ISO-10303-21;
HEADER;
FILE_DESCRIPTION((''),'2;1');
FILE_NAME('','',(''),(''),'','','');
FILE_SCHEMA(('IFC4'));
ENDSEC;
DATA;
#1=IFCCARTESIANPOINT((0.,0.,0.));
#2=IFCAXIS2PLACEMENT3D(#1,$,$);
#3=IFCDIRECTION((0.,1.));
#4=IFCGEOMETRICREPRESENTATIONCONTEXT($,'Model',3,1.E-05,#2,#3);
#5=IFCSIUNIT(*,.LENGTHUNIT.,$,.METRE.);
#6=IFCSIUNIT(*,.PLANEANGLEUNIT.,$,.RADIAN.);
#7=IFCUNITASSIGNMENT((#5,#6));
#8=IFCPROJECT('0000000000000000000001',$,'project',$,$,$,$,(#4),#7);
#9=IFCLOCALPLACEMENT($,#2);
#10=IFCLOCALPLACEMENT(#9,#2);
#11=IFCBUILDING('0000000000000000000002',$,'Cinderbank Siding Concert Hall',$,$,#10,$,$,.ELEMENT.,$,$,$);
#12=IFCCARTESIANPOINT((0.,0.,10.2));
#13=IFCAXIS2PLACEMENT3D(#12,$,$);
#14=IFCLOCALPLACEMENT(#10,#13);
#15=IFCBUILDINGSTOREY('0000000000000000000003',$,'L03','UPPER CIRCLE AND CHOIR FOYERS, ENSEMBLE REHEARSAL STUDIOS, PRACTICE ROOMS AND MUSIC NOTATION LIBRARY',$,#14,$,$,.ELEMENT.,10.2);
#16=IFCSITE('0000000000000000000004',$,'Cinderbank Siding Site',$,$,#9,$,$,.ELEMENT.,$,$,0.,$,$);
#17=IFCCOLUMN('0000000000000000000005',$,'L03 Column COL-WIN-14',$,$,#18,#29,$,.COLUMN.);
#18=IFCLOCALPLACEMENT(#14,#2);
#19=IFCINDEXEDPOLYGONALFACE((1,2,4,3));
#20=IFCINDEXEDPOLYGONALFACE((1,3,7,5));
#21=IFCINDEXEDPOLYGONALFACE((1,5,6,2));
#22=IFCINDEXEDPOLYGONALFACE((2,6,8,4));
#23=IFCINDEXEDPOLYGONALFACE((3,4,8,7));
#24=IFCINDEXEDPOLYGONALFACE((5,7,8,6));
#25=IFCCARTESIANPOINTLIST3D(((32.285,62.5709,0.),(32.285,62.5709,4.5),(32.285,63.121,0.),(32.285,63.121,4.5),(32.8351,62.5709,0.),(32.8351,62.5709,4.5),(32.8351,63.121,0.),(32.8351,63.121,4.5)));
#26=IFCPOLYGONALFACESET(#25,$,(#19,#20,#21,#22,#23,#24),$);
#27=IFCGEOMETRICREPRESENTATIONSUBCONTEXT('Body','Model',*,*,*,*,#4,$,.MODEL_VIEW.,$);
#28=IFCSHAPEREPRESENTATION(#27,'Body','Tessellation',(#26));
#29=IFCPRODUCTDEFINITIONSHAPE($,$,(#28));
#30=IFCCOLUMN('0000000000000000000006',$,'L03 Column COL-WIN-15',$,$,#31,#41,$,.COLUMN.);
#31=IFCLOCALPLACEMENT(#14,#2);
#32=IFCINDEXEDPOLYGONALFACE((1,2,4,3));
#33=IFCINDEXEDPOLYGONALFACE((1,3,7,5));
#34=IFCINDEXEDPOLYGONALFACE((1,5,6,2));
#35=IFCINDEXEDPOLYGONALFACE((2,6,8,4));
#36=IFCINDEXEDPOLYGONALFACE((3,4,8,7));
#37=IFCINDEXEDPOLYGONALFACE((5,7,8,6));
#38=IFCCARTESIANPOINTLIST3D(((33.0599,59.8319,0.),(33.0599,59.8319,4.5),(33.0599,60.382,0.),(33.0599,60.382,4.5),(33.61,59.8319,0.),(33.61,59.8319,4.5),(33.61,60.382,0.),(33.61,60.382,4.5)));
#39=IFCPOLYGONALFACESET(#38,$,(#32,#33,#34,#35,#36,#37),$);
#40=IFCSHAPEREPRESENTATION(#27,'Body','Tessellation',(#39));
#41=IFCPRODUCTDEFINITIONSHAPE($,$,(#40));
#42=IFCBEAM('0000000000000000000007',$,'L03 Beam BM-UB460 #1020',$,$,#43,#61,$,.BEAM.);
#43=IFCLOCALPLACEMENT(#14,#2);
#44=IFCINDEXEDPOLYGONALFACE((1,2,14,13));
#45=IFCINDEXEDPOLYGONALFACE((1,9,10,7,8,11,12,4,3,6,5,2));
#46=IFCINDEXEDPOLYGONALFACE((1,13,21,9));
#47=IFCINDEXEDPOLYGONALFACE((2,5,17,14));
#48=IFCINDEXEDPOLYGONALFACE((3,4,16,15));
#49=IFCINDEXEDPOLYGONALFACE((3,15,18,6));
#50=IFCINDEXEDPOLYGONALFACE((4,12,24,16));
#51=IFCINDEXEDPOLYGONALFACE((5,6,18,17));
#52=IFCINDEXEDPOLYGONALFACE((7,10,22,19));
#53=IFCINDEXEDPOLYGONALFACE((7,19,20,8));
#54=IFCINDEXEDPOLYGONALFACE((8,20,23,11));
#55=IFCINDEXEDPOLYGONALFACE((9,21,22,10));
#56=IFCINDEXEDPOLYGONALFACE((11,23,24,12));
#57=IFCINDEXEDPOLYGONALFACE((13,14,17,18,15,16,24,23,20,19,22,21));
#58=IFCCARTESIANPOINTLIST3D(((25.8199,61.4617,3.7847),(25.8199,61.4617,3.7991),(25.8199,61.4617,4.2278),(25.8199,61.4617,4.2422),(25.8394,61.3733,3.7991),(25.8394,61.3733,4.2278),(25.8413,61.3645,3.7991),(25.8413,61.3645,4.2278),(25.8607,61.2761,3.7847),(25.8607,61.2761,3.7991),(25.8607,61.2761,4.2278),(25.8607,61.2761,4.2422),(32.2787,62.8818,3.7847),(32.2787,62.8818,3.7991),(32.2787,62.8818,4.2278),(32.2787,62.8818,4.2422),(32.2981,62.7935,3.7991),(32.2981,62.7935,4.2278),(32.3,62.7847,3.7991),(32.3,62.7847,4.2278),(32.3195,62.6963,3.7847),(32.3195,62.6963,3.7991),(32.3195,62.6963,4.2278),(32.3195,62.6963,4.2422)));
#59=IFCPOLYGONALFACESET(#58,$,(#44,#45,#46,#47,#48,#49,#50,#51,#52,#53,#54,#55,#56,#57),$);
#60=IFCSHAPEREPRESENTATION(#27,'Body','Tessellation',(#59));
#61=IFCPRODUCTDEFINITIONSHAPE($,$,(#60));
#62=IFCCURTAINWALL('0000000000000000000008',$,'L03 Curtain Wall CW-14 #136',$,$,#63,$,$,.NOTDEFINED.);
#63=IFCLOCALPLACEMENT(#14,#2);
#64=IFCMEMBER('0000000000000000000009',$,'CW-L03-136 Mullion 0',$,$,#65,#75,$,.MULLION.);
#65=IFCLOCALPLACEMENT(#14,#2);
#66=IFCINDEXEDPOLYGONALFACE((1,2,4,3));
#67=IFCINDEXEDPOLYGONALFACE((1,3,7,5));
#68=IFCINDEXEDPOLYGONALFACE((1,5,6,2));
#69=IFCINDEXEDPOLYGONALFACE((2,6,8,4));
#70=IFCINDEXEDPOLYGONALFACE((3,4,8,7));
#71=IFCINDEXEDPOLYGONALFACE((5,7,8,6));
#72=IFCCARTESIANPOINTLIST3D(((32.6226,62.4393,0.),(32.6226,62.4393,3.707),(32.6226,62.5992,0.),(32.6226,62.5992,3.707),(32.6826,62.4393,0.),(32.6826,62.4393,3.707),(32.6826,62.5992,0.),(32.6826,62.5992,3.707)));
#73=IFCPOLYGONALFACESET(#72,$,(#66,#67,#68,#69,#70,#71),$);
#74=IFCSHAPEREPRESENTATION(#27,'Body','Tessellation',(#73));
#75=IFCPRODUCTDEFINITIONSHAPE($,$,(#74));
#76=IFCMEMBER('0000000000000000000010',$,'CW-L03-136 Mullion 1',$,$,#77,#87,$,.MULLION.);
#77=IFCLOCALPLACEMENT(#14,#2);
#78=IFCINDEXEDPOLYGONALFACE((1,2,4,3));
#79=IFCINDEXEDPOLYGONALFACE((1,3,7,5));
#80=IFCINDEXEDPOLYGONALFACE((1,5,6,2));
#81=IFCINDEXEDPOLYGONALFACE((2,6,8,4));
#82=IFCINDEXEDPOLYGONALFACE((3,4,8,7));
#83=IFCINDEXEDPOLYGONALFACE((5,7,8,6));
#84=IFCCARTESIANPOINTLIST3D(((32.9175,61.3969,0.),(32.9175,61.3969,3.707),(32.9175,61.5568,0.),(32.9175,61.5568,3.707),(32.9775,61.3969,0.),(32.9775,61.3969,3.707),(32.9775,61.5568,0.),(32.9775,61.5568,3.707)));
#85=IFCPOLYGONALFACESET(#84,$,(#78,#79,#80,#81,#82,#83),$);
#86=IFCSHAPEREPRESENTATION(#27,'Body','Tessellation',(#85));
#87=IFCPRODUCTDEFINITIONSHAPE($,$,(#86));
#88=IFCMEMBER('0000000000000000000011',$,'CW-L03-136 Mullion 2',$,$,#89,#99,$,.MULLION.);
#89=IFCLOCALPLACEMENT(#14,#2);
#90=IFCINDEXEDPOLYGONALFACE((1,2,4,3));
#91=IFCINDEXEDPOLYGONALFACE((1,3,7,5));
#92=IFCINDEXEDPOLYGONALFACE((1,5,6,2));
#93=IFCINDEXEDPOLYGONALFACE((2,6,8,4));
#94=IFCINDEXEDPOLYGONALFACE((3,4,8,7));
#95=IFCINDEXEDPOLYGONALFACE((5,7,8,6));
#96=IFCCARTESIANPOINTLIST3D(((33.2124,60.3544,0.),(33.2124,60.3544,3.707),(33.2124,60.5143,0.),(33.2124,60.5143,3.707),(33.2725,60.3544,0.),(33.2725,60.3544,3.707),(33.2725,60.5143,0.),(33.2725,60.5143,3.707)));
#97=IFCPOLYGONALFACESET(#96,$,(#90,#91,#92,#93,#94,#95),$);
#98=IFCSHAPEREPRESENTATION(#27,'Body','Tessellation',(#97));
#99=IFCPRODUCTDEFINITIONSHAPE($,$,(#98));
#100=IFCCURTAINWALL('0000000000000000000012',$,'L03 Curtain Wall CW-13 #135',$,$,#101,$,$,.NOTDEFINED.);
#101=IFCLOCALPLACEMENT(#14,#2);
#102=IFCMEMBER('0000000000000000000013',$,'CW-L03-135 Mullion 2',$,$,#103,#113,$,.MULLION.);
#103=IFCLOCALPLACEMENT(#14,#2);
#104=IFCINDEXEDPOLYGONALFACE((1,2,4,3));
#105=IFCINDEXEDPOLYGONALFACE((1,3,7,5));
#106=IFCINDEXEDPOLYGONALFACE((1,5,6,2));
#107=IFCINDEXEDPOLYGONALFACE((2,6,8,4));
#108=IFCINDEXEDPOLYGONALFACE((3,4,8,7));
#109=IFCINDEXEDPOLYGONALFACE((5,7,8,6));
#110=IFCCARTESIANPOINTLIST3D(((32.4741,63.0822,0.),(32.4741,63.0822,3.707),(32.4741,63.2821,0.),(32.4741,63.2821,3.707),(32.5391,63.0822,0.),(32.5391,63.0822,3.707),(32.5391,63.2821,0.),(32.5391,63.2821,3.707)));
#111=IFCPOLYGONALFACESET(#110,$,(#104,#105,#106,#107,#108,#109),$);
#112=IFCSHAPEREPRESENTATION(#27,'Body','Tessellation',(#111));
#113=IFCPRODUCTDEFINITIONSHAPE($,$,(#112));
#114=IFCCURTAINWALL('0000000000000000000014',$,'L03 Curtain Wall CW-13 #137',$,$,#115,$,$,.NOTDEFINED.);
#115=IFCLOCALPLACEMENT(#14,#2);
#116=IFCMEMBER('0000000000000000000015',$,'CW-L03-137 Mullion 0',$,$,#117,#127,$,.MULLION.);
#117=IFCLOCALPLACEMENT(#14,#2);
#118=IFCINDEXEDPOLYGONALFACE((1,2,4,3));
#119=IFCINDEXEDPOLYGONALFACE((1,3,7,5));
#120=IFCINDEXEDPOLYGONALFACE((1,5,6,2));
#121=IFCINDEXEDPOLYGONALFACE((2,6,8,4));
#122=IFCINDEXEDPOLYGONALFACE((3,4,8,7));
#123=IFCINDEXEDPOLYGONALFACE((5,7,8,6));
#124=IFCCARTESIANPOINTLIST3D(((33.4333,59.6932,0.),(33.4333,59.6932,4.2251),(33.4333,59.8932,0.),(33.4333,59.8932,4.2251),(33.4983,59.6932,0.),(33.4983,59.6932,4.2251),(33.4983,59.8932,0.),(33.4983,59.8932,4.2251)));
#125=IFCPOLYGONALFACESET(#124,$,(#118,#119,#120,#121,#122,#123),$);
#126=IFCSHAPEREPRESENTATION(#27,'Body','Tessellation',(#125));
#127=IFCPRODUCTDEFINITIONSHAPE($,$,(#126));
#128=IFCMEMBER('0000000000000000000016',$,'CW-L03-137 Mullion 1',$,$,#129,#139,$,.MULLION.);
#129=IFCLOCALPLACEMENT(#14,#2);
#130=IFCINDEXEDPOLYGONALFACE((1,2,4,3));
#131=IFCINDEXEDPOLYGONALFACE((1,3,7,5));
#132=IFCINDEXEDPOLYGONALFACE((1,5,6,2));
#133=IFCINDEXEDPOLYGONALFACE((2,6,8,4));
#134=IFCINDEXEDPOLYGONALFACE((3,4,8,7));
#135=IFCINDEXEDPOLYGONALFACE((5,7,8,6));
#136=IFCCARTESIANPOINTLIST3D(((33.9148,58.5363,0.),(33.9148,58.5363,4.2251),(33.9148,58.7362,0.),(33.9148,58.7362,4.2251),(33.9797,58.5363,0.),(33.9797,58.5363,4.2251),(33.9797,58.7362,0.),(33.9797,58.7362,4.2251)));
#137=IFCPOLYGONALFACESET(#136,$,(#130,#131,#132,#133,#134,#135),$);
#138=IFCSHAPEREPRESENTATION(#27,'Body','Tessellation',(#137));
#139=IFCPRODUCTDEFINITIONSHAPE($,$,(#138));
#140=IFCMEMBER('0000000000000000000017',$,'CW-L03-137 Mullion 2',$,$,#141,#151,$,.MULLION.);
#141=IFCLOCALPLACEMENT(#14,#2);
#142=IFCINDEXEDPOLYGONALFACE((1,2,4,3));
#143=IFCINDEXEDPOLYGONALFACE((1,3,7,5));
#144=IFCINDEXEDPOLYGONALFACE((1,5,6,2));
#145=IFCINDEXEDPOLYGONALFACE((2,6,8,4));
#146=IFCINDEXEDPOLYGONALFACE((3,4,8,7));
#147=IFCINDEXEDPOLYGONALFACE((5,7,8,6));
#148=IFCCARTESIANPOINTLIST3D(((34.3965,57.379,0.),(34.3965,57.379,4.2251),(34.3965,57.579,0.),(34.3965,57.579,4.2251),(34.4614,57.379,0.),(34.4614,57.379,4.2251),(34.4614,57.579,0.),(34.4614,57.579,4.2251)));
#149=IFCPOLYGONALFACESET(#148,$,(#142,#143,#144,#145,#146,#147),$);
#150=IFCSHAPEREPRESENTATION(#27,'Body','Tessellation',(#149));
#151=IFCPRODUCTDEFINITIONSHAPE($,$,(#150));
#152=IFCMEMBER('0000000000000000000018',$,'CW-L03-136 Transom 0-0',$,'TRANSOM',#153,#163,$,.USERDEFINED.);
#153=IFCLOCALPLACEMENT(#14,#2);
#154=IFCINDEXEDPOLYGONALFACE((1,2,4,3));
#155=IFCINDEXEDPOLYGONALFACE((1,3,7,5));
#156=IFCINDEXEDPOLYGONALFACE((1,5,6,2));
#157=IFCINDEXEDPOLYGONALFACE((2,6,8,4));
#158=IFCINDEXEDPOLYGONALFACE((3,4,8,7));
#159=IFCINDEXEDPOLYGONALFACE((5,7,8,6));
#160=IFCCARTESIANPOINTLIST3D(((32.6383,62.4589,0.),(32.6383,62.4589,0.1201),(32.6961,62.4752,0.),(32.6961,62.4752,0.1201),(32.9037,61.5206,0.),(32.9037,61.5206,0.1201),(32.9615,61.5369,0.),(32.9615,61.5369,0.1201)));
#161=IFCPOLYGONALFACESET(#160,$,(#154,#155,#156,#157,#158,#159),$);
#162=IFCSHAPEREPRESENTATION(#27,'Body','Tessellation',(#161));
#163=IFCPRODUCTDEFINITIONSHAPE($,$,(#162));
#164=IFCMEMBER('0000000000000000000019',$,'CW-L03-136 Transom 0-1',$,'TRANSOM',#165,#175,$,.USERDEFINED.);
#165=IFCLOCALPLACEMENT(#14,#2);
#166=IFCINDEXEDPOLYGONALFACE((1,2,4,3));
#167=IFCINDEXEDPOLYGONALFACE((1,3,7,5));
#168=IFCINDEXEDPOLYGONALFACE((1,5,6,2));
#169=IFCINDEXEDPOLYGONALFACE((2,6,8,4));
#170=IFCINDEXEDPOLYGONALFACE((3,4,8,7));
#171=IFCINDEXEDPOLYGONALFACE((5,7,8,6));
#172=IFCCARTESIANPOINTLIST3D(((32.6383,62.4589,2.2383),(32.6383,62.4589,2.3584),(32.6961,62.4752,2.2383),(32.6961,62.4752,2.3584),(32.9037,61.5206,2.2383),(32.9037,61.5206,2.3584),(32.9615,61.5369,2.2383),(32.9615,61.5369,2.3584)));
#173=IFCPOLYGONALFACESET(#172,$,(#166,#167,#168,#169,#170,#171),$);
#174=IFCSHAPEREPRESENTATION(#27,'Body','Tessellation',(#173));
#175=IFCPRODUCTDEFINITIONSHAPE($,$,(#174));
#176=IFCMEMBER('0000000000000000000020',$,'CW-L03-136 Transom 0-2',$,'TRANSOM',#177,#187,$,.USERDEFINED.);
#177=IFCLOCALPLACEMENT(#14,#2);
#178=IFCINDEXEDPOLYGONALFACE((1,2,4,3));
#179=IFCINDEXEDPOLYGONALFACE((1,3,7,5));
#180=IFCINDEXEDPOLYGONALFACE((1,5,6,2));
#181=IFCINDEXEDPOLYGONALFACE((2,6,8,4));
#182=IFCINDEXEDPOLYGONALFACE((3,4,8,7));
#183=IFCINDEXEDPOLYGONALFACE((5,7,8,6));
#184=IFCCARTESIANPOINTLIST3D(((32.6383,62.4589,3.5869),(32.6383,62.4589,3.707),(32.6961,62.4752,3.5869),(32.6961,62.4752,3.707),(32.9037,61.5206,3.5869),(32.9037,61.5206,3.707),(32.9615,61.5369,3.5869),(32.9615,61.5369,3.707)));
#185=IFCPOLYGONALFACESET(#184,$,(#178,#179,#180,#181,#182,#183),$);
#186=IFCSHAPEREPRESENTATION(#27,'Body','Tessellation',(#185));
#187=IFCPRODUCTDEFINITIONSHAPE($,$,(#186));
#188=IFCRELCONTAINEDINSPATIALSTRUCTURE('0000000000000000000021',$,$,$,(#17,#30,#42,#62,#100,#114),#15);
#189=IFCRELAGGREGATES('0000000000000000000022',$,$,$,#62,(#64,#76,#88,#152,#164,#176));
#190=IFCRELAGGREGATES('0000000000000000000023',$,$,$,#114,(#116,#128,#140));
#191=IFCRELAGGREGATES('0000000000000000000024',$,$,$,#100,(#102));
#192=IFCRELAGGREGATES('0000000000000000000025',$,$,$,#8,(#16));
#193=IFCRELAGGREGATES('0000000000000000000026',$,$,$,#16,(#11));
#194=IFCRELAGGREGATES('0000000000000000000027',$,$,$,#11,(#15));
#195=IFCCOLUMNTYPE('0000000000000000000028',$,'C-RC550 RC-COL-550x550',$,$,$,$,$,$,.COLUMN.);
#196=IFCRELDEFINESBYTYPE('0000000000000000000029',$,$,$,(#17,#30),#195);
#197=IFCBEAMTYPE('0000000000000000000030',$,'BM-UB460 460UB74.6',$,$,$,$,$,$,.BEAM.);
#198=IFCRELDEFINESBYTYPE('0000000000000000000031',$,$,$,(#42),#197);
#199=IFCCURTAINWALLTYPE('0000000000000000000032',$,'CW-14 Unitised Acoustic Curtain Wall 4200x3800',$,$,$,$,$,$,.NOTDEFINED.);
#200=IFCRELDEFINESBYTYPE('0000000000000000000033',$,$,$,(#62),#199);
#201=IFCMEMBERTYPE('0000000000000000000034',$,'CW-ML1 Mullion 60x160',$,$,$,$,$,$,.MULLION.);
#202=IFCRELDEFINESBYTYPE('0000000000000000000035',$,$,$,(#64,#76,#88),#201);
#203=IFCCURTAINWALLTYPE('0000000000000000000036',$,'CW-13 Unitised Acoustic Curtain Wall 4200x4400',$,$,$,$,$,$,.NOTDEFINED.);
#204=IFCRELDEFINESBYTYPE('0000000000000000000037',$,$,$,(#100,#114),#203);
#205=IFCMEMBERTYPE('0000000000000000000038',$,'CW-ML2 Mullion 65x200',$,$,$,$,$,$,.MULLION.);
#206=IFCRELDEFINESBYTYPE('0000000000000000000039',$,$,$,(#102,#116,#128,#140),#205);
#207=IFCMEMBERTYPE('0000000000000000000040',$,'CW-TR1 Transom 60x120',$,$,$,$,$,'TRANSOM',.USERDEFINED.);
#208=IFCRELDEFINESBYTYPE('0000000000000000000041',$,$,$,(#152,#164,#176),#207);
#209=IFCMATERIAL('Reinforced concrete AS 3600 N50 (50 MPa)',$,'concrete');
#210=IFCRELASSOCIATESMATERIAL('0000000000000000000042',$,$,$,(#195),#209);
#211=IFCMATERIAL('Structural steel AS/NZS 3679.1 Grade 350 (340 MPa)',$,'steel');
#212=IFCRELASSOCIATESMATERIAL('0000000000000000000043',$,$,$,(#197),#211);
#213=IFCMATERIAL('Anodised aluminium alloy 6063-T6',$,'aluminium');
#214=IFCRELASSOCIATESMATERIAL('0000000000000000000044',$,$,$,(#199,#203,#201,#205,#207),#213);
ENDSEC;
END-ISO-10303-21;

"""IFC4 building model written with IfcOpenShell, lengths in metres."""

from ifc_helpers import new_model, si_unit, direction, frame, origin, origin_2d, place, context, subcontext, project, spatial, rectangle, i_section, extrude, material, material_profile, profile_set, type_object, element, aggregate, save


model = new_model("IFC4")

# Units and contexts
model_context = context("Model", 3, precision=1e-05, world=origin(), true_north=direction((0.0, 1.0)))
body_context = subcontext(model_context, "Body", "Model", "MODEL_VIEW")
ifc_project = project(units=[si_unit("LENGTHUNIT", "METRE"), si_unit("PLANEANGLEUNIT", "RADIAN")], contexts=[model_context])

# Site, building, storey
site_placement = place(None, origin())
site = spatial("IfcSite", under=ifc_project, at=site_placement, Name="Cinderbank Siding Site", CompositionType="ELEMENT", RefElevation=0.0)
building_placement = place(site_placement, origin())
building = spatial("IfcBuilding", under=site, at=building_placement, Name="Cinderbank Siding Concert Hall", CompositionType="ELEMENT")
storey_placement = place(building_placement, frame((0.0, 0.0, 10.2)))
storey = spatial("IfcBuildingStorey", under=building, at=storey_placement, Name="L03", Description="UPPER CIRCLE AND CHOIR FOYERS, ENSEMBLE REHEARSAL STUDIOS, PRACTICE ROOMS AND MUSIC NOTATION LIBRARY", CompositionType="ELEMENT", Elevation=10.2)

# Columns
ifc_material_1 = material(Name="Reinforced concrete AS 3600 N50 (50 MPa)", Category="concrete")
ifc_material_profile_1 = material_profile(ifc_material_1, rectangle(XDim=0.55, YDim=0.55, at=origin_2d()), Name="RC-COL-550x550", Category="LoadBearing")
ifc_profile_set_1 = profile_set([ifc_material_profile_1], Name="Reinforced concrete AS 3600 N50 (50 MPa)")
column_type = type_object("IfcColumnType", Name="C-RC550 RC-COL-550x550", PredefinedType="COLUMN", material=ifc_profile_set_1)
for number, where, z_axis, x_axis, name in (
    (1, (32.5601, 62.8459, 0.0), (0.0, 0.0, 1.0), (1.0, 0.0, 0.0), "L03 Column COL-WIN-14"),
    (2, (33.335, 60.1069, 0.0), (0.0, 0.0, 1.0), (1.0, 0.0, 0.0), "L03 Column COL-WIN-15"),
):
    element("IfcColumn", number, at=place(storey_placement, frame(where, z_axis=z_axis, x_axis=x_axis)), inside=storey, type_object=column_type, Name=name, PredefinedType="COLUMN", context=body_context, shape_type="SweptSolid", body=[
        extrude(rectangle(XDim=0.55, YDim=0.55, at=origin_2d()), origin(), (0.0, 0.0, 1.0), 4.5),
    ])

# Beam
ifc_material_2 = material(Name="Structural steel AS/NZS 3679.1 Grade 350 (340 MPa)", Category="steel")
ifc_material_profile_2 = material_profile(ifc_material_2, i_section(OverallWidth=0.1899, OverallDepth=0.4575, WebThickness=0.009, FlangeThickness=0.0144, at=origin_2d()), Name="460UB74.6", Category="LoadBearing")
ifc_profile_set_2 = profile_set([ifc_material_profile_2], Name="Structural steel AS/NZS 3679.1 Grade 350 (340 MPa)")
beam_type_1 = type_object("IfcBeamType", Name="BM-UB460 460UB74.6", PredefinedType="BEAM", material=ifc_profile_set_2)
beam_1_placement = place(storey_placement, frame((32.2991, 62.7891, 4.0134), z_axis=(-0.976668, -0.214753, 0.0), x_axis=(0.214753, -0.976668, 0.0)))
element("IfcBeam", 3, at=beam_1_placement, inside=storey, type_object=beam_type_1, Name="L03 Beam BM-UB460 #1020", PredefinedType="BEAM", context=body_context, shape_type="SweptSolid", body=[
    extrude(i_section(OverallWidth=0.1899, OverallDepth=0.4575, WebThickness=0.009, FlangeThickness=0.0144, at=origin_2d()), origin(), (0.0, 0.0, 1.0), 6.613),
])

# Curtain wall, members
ifc_material_3 = material(Name="Anodised aluminium alloy 6063-T6", Category="aluminium")
curtain_wall_type_1 = type_object("IfcCurtainWallType", Name="CW-14 Unitised Acoustic Curtain Wall 4200x3800", PredefinedType="NOTDEFINED", material=ifc_material_3)
curtain_wall_1_placement = place(storey_placement, origin())
curtain_wall_1 = element("IfcCurtainWall", 4, at=curtain_wall_1_placement, inside=storey, type_object=curtain_wall_type_1, Name="L03 Curtain Wall CW-14 #136", PredefinedType="NOTDEFINED")
ifc_material_profile_3 = material_profile(ifc_material_3, rectangle(XDim=0.0601, YDim=0.1599, at=origin_2d()), Name="ALU-MULL-60x160", Category="LoadBearing")
ifc_profile_set_3 = profile_set([ifc_material_profile_3], Name="Anodised aluminium alloy 6063-T6")
member_type_1 = type_object("IfcMemberType", Name="CW-ML1 Mullion 60x160", PredefinedType="MULLION", material=ifc_profile_set_3)
member_1_placement = place(storey_placement, frame((32.6526, 62.5193, 0.0), z_axis=(0.0, 0.0, 1.0), x_axis=(1.0, 0.0, 0.0)))
member_1 = element("IfcMember", 5, at=member_1_placement, type_object=member_type_1, Name="CW-L03-136 Mullion 0", PredefinedType="MULLION", context=body_context, shape_type="SweptSolid", body=[
    extrude(rectangle(XDim=0.0601, YDim=0.1599, at=origin_2d()), origin(), (0.0, 0.0, 1.0), 3.707),
])
member_2_placement = place(storey_placement, frame((32.9475, 61.4768, 0.0), z_axis=(0.0, 0.0, 1.0), x_axis=(1.0, 0.0, 0.0)))
member_2 = element("IfcMember", 6, at=member_2_placement, type_object=member_type_1, Name="CW-L03-136 Mullion 1", PredefinedType="MULLION", context=body_context, shape_type="SweptSolid", body=[
    extrude(rectangle(XDim=0.0601, YDim=0.1599, at=origin_2d()), origin(), (0.0, 0.0, 1.0), 3.707),
])
member_3_placement = place(storey_placement, frame((33.2424, 60.4343, 0.0), z_axis=(0.0, 0.0, 1.0), x_axis=(1.0, 0.0, 0.0)))
member_3 = element("IfcMember", 7, at=member_3_placement, type_object=member_type_1, Name="CW-L03-136 Mullion 2", PredefinedType="MULLION", context=body_context, shape_type="SweptSolid", body=[
    extrude(rectangle(XDim=0.0601, YDim=0.1599, at=origin_2d()), origin(), (0.0, 0.0, 1.0), 3.707),
])

# Curtain wall, member
curtain_wall_type_2 = type_object("IfcCurtainWallType", Name="CW-13 Unitised Acoustic Curtain Wall 4200x4400", PredefinedType="NOTDEFINED", material=ifc_material_3)
curtain_wall_2_placement = place(storey_placement, origin())
curtain_wall_2 = element("IfcCurtainWall", 8, at=curtain_wall_2_placement, inside=storey, type_object=curtain_wall_type_2, Name="L03 Curtain Wall CW-13 #135", PredefinedType="NOTDEFINED")
ifc_material_profile_4 = material_profile(ifc_material_3, rectangle(XDim=0.0649, YDim=0.2, at=origin_2d()), Name="ALU-MULL-65x200", Category="LoadBearing")
ifc_profile_set_4 = profile_set([ifc_material_profile_4], Name="Anodised aluminium alloy 6063-T6")
member_type_2 = type_object("IfcMemberType", Name="CW-ML2 Mullion 65x200", PredefinedType="MULLION", material=ifc_profile_set_4)
member_4_placement = place(storey_placement, frame((32.5066, 63.1821, 0.0), z_axis=(0.0, 0.0, 1.0), x_axis=(1.0, 0.0, 0.0)))
member_4 = element("IfcMember", 9, at=member_4_placement, type_object=member_type_2, Name="CW-L03-135 Mullion 2", PredefinedType="MULLION", context=body_context, shape_type="SweptSolid", body=[
    extrude(rectangle(XDim=0.0649, YDim=0.2, at=origin_2d()), origin(), (0.0, 0.0, 1.0), 3.707),
])

# Curtain wall, members
curtain_wall_3_placement = place(storey_placement, origin())
curtain_wall_3 = element("IfcCurtainWall", 10, at=curtain_wall_3_placement, inside=storey, type_object=curtain_wall_type_2, Name="L03 Curtain Wall CW-13 #137", PredefinedType="NOTDEFINED")
member_5_placement = place(storey_placement, frame((33.4658, 59.7932, 0.0), z_axis=(0.0, 0.0, 1.0), x_axis=(1.0, 0.0, 0.0)))
member_5 = element("IfcMember", 11, at=member_5_placement, type_object=member_type_2, Name="CW-L03-137 Mullion 0", PredefinedType="MULLION", context=body_context, shape_type="SweptSolid", body=[
    extrude(rectangle(XDim=0.0649, YDim=0.2, at=origin_2d()), origin(), (0.0, 0.0, 1.0), 4.2251),
])
member_6_placement = place(storey_placement, frame((33.9473, 58.6362, 0.0), z_axis=(0.0, 0.0, 1.0), x_axis=(1.0, 0.0, 0.0)))
member_6 = element("IfcMember", 12, at=member_6_placement, type_object=member_type_2, Name="CW-L03-137 Mullion 1", PredefinedType="MULLION", context=body_context, shape_type="SweptSolid", body=[
    extrude(rectangle(XDim=0.0649, YDim=0.2, at=origin_2d()), origin(), (0.0, 0.0, 1.0), 4.2251),
])
member_7_placement = place(storey_placement, frame((34.429, 57.479, 0.0), z_axis=(0.0, 0.0, 1.0), x_axis=(1.0, 0.0, 0.0)))
member_7 = element("IfcMember", 13, at=member_7_placement, type_object=member_type_2, Name="CW-L03-137 Mullion 2", PredefinedType="MULLION", context=body_context, shape_type="SweptSolid", body=[
    extrude(rectangle(XDim=0.0649, YDim=0.2, at=origin_2d()), origin(), (0.0, 0.0, 1.0), 4.2251),
])

# Members
ifc_material_profile_5 = material_profile(ifc_material_3, rectangle(XDim=0.0601, YDim=0.1201, at=origin_2d()), Name="ALU-TRAN-60x120", Category="LoadBearing")
ifc_profile_set_5 = profile_set([ifc_material_profile_5], Name="Anodised aluminium alloy 6063-T6")
member_type_3 = type_object("IfcMemberType", Name="CW-TR1 Transom 60x120", ElementType="TRANSOM", PredefinedType="USERDEFINED", material=ifc_profile_set_5)
member_8_placement = place(storey_placement, frame((32.6672, 62.467, 0.0601), z_axis=(0.272174, -0.962248, 0.0), x_axis=(0.962248, 0.272174, 0.0)))
member_8 = element("IfcMember", 14, at=member_8_placement, type_object=member_type_3, Name="CW-L03-136 Transom 0-0", ObjectType="TRANSOM", PredefinedType="USERDEFINED", context=body_context, shape_type="SweptSolid", body=[
    extrude(rectangle(XDim=0.0601, YDim=0.1201, at=origin_2d()), origin(), (0.0, 0.0, 1.0), 0.9751),
])
member_9_placement = place(storey_placement, frame((32.6672, 62.467, 2.2983), z_axis=(0.272174, -0.962248, 0.0), x_axis=(0.962248, 0.272174, 0.0)))
member_9 = element("IfcMember", 15, at=member_9_placement, type_object=member_type_3, Name="CW-L03-136 Transom 0-1", ObjectType="TRANSOM", PredefinedType="USERDEFINED", context=body_context, shape_type="SweptSolid", body=[
    extrude(rectangle(XDim=0.0601, YDim=0.1201, at=origin_2d()), origin(), (0.0, 0.0, 1.0), 0.9751),
])
member_10_placement = place(storey_placement, frame((32.6672, 62.467, 3.647), z_axis=(0.272174, -0.962248, 0.0), x_axis=(0.962248, 0.272174, 0.0)))
member_10 = element("IfcMember", 16, at=member_10_placement, type_object=member_type_3, Name="CW-L03-136 Transom 0-2", ObjectType="TRANSOM", PredefinedType="USERDEFINED", context=body_context, shape_type="SweptSolid", body=[
    extrude(rectangle(XDim=0.0601, YDim=0.1201, at=origin_2d()), origin(), (0.0, 0.0, 1.0), 0.9751),
])

aggregate(curtain_wall_1, [member_1, member_2, member_3, member_8, member_9, member_10])
aggregate(curtain_wall_3, [member_5, member_6, member_7])
aggregate(curtain_wall_2, [member_4])

save(model, "model.ifc")
